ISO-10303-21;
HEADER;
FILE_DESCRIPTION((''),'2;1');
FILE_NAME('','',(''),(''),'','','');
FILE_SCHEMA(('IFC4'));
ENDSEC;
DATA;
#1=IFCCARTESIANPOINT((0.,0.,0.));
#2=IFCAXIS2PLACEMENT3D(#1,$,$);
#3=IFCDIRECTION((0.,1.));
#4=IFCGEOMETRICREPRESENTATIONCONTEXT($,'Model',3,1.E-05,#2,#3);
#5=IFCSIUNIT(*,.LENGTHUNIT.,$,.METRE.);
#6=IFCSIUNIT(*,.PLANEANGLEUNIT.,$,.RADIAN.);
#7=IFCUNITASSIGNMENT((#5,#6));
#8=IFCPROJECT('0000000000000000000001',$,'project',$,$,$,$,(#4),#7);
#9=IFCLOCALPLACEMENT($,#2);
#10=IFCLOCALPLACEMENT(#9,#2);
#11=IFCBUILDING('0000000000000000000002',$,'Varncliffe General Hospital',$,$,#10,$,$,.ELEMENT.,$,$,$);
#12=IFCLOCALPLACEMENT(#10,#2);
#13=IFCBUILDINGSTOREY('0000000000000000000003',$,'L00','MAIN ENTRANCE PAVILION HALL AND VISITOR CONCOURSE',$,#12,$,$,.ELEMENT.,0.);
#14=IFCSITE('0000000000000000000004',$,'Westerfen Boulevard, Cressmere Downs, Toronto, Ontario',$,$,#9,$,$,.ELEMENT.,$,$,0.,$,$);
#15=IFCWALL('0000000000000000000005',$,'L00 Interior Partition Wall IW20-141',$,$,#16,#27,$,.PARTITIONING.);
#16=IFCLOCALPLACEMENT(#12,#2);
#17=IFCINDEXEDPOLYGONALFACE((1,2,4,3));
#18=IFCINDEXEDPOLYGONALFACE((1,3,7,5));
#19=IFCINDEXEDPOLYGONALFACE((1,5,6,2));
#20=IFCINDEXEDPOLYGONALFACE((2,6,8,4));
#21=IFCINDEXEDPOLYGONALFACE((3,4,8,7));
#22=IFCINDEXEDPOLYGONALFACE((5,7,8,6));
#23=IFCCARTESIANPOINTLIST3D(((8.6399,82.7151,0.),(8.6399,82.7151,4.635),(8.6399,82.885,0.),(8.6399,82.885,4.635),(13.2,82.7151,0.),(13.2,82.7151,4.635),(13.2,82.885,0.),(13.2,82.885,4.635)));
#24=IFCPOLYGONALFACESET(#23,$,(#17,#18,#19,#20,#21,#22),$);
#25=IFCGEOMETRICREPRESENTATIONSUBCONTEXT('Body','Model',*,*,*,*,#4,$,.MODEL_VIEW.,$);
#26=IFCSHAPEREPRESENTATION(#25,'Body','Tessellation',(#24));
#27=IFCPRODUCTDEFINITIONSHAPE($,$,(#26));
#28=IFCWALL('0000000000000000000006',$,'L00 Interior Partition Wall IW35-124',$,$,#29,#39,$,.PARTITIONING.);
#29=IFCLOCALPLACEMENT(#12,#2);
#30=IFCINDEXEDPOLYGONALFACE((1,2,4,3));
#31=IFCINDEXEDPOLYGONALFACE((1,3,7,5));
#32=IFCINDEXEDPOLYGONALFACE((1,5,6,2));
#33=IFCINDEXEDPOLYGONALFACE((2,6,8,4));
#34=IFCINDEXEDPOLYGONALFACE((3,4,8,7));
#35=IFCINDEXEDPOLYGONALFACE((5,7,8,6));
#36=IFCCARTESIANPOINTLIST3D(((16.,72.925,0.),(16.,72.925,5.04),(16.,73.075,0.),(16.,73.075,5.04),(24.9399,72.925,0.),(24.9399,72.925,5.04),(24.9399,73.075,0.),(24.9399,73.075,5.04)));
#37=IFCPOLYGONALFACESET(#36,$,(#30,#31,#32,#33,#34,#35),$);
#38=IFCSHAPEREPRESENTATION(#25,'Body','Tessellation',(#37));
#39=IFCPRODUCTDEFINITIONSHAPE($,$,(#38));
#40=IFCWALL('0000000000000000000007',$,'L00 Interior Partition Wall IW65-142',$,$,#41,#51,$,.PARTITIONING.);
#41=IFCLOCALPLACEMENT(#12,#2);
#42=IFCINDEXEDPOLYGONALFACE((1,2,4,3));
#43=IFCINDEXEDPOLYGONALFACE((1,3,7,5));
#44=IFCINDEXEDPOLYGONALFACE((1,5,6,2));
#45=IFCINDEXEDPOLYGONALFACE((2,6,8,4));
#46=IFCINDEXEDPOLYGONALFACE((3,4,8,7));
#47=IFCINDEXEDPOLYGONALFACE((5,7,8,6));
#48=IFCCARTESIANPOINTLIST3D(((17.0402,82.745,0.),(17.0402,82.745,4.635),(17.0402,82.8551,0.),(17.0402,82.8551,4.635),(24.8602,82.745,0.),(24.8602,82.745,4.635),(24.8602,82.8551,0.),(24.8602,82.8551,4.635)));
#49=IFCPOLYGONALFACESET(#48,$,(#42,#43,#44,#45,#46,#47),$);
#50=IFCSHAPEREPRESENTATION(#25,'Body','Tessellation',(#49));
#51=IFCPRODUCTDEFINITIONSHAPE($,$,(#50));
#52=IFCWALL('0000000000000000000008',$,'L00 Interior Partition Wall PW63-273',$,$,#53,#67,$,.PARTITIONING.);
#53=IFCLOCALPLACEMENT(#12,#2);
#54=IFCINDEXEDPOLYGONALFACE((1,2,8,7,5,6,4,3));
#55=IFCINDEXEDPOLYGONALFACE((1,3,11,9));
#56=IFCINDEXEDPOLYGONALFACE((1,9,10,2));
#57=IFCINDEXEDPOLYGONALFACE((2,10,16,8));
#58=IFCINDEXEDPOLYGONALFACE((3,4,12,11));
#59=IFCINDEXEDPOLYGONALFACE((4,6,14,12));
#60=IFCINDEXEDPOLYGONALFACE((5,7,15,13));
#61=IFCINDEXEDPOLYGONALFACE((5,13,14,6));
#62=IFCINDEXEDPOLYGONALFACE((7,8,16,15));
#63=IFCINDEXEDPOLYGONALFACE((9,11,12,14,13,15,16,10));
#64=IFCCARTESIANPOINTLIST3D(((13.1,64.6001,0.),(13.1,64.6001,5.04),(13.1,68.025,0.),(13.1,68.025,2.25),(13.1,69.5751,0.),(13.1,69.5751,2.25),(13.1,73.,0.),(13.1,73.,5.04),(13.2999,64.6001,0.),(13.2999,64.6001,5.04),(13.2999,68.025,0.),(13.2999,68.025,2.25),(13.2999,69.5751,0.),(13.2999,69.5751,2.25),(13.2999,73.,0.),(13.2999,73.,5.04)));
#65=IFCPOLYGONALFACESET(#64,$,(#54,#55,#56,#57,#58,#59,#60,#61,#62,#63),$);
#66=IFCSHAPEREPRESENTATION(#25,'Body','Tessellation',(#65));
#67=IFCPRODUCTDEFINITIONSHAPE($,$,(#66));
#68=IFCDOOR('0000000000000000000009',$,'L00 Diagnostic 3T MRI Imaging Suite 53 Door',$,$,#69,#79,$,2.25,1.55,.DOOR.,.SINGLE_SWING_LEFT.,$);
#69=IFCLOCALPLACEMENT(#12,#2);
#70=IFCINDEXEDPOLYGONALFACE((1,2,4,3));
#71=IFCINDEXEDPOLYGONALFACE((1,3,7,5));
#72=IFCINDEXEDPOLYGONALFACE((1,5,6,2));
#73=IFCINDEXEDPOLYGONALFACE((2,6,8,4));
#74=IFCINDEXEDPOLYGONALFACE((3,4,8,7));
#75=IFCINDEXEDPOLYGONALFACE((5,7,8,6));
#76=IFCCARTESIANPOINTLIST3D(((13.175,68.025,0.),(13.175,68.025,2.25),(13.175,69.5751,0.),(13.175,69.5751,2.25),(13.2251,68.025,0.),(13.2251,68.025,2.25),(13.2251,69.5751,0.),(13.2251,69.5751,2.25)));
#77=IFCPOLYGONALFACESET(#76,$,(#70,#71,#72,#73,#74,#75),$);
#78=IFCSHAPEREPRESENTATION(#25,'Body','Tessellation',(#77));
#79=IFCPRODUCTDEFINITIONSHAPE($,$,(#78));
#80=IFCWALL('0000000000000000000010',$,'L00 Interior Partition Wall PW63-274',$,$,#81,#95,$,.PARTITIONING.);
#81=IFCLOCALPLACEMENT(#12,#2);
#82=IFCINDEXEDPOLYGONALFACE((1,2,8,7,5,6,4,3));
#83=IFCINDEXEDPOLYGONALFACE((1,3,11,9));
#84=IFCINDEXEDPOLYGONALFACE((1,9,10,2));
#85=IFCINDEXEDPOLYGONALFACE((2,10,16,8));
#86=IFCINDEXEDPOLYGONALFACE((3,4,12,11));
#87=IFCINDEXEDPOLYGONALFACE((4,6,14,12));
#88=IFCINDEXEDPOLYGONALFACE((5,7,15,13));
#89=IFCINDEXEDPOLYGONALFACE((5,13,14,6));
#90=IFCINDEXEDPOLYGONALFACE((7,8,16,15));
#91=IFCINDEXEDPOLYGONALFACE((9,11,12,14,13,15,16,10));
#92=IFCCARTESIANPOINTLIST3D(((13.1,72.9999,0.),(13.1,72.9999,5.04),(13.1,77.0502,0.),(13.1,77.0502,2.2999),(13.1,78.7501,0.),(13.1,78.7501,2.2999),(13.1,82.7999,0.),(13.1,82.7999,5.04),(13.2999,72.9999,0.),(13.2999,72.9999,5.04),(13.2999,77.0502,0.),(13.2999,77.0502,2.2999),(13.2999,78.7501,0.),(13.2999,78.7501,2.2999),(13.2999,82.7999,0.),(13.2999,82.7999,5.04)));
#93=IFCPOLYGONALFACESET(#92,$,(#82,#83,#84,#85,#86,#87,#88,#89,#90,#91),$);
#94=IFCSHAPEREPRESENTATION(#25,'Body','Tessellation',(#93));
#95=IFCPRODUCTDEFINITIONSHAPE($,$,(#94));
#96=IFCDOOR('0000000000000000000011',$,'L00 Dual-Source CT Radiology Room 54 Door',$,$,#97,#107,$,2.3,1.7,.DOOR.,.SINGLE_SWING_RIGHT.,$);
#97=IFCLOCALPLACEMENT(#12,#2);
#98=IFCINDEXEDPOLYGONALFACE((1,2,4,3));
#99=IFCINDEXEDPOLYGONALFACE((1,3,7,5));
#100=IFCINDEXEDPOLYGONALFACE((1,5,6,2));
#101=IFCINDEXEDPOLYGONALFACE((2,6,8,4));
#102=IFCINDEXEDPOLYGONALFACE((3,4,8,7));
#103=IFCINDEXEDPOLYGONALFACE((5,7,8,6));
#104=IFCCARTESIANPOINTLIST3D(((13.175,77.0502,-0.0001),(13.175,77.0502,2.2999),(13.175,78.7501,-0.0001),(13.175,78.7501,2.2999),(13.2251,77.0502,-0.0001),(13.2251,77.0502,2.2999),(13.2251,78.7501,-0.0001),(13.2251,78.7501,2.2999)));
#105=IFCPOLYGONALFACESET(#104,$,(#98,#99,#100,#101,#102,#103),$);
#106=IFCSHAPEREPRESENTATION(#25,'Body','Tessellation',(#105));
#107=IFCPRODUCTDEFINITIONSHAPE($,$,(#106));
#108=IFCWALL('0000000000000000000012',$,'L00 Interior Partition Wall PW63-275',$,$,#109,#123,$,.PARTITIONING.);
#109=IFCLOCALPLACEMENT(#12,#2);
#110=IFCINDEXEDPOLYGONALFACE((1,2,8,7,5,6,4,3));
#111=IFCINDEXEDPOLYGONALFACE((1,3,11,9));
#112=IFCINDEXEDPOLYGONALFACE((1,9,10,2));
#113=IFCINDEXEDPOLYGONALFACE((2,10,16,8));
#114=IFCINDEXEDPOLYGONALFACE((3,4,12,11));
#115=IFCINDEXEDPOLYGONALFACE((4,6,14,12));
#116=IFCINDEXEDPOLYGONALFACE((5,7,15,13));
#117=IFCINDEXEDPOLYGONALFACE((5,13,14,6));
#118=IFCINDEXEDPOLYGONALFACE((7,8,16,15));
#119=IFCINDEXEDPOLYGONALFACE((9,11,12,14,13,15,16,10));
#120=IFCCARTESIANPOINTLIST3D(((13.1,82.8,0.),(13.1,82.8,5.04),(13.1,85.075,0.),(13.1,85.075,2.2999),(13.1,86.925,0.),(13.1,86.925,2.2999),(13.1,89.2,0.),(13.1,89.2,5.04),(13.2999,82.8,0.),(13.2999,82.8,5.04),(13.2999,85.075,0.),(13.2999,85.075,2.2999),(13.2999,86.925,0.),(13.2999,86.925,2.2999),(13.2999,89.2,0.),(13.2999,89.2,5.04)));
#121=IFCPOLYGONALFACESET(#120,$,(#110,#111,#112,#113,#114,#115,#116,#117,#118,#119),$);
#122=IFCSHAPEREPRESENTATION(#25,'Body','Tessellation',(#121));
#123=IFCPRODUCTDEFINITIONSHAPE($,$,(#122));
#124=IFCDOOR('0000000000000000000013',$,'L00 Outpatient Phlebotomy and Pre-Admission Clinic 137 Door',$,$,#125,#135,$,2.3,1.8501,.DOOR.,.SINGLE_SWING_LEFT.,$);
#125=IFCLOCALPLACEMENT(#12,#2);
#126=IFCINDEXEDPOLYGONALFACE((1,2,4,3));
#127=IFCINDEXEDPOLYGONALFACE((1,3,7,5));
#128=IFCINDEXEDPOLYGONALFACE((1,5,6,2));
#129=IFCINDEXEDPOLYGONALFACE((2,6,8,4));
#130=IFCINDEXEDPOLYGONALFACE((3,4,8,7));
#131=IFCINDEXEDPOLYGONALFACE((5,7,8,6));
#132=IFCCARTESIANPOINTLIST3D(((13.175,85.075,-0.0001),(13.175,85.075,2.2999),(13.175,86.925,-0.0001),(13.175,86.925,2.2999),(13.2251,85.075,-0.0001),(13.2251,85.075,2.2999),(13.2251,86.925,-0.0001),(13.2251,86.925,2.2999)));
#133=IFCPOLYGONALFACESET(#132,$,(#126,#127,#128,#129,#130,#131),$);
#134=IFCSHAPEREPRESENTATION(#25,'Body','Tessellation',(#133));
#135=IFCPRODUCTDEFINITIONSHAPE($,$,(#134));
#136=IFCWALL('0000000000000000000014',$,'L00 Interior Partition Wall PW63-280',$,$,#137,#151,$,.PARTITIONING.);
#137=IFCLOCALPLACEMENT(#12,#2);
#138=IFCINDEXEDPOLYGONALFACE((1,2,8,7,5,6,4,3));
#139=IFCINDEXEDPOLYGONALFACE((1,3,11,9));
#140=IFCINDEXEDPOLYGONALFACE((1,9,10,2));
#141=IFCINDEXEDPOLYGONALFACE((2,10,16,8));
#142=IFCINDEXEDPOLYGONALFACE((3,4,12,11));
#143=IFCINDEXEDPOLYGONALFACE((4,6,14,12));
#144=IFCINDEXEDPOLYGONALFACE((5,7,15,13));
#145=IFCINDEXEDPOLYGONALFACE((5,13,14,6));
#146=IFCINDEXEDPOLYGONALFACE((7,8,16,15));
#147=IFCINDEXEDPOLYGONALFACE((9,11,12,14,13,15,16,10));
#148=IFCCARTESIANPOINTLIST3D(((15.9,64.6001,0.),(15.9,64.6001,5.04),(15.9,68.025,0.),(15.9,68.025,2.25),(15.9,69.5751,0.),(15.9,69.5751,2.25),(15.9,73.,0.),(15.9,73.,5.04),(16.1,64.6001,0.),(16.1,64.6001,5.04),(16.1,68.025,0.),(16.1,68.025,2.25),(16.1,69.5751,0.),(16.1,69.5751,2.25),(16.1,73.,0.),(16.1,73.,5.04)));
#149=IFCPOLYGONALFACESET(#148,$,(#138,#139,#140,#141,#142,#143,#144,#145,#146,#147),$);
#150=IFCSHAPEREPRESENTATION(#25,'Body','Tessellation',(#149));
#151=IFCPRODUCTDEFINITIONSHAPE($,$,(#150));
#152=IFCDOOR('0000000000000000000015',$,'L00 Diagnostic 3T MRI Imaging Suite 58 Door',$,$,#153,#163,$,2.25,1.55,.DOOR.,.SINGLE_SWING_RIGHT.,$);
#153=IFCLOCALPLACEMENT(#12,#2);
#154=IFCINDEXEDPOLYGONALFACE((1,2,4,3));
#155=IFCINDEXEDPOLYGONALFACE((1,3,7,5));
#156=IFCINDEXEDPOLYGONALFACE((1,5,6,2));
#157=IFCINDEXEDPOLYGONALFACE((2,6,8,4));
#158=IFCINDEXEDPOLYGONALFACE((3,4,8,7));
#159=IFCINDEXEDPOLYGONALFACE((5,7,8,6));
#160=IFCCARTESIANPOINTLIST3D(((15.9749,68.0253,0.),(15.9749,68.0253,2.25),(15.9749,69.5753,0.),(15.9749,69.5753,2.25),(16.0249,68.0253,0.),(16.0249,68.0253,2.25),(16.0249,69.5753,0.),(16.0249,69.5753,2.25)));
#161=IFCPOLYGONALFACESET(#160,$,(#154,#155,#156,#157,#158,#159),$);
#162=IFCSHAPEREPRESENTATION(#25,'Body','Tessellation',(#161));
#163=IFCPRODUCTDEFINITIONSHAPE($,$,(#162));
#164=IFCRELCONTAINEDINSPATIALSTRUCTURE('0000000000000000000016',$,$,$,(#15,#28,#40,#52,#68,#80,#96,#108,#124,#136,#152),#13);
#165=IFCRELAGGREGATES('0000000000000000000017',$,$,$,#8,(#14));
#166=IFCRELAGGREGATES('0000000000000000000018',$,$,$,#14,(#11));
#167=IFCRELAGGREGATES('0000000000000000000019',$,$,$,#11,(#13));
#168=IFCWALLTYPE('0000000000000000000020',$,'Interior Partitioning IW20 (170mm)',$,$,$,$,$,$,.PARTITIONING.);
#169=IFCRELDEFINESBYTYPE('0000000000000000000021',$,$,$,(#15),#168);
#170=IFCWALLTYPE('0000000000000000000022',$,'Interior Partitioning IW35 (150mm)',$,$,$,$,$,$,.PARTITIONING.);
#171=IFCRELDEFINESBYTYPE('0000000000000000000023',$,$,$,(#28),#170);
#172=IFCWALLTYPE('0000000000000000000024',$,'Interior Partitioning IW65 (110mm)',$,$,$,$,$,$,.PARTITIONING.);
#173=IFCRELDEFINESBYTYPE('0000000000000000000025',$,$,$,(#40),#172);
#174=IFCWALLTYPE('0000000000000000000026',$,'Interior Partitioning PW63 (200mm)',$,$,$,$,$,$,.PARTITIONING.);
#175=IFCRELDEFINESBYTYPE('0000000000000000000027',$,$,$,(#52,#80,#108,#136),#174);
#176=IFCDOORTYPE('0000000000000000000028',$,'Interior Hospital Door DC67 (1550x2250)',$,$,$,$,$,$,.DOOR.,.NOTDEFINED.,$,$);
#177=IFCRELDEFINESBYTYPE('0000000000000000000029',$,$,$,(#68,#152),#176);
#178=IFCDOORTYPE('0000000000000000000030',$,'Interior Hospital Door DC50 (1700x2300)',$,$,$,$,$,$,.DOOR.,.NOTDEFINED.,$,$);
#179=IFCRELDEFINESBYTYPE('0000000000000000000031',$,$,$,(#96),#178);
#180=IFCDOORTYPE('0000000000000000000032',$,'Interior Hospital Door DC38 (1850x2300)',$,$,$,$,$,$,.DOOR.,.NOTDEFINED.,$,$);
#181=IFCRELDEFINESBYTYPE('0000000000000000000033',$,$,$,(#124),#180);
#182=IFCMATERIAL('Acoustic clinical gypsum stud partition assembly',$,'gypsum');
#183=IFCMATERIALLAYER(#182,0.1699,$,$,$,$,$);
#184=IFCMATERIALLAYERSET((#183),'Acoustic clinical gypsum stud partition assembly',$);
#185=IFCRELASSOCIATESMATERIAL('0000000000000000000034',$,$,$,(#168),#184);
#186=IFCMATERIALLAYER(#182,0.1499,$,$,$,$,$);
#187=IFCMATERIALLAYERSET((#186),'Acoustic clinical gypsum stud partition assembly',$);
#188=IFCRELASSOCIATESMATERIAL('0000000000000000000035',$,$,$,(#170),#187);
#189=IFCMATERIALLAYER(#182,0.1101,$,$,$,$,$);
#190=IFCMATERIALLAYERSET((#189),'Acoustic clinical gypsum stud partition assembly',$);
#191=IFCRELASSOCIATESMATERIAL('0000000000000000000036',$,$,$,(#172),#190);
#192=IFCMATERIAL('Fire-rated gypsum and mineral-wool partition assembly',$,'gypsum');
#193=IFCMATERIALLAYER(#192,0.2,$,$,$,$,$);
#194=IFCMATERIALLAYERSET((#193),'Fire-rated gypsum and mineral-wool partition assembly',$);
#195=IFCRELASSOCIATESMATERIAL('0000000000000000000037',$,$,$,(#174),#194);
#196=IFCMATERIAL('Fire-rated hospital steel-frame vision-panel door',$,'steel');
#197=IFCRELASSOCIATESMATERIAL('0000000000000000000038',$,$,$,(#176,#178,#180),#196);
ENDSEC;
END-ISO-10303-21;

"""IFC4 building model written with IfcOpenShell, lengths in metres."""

from ifc_helpers import new_model, si_unit, direction, frame, frame_2d, origin, place, context, subcontext, project, spatial, rectangle, extrude, material, layer, layer_set, type_object, element, fill, save


model = new_model("IFC4")

# Units and contexts
model_context = context("Model", 3, precision=1e-05, world=origin(), true_north=direction((0.0, 1.0)))
body_context = subcontext(model_context, "Body", "Model", "MODEL_VIEW")
ifc_project = project(units=[si_unit("LENGTHUNIT", "METRE"), si_unit("PLANEANGLEUNIT", "RADIAN")], contexts=[model_context])

# Site, building, storey
site_placement = place(None, origin())
site = spatial("IfcSite", under=ifc_project, at=site_placement, Name="Westerfen Boulevard, Cressmere Downs, Toronto, Ontario", CompositionType="ELEMENT", RefElevation=0.0)
building_placement = place(site_placement, origin())
building = spatial("IfcBuilding", under=site, at=building_placement, Name="Varncliffe General Hospital", CompositionType="ELEMENT")
storey_placement = place(building_placement, origin())
storey = spatial("IfcBuildingStorey", under=building, at=storey_placement, Name="L00", Description="MAIN ENTRANCE PAVILION HALL AND VISITOR CONCOURSE", CompositionType="ELEMENT", Elevation=0.0)

# Walls
ifc_material_1 = material(Name="Acoustic clinical gypsum stud partition assembly", Category="gypsum")
ifc_layer_1 = layer(ifc_material_1, 0.1699)
ifc_layer_set_1 = layer_set([ifc_layer_1], Name="Acoustic clinical gypsum stud partition assembly")
wall_type_1 = type_object("IfcWallType", Name="Interior Partitioning IW20 (170mm)", PredefinedType="PARTITIONING", material=ifc_layer_set_1)
wall_1_placement = place(storey_placement, frame((8.6399, 82.8, 0.0), z_axis=(0.0, 0.0, 1.0), x_axis=(1.0, 0.0, 0.0)))
element("IfcWall", 1, at=wall_1_placement, inside=storey, type_object=wall_type_1, Name="L00 Interior Partition Wall IW20-141", PredefinedType="PARTITIONING", context=body_context, shape_type="SweptSolid", body=[
    extrude(rectangle(XDim=4.5601, YDim=0.1699, at=frame_2d((2.28, 0.0))), origin(), (0.0, 0.0, 1.0), 4.635),
])
ifc_layer_2 = layer(ifc_material_1, 0.1499)
ifc_layer_set_2 = layer_set([ifc_layer_2], Name="Acoustic clinical gypsum stud partition assembly")
wall_type_2 = type_object("IfcWallType", Name="Interior Partitioning IW35 (150mm)", PredefinedType="PARTITIONING", material=ifc_layer_set_2)
wall_2_placement = place(storey_placement, frame((16.0, 73.0, 0.0), z_axis=(0.0, 0.0, 1.0), x_axis=(1.0, 0.0, 0.0)))
element("IfcWall", 2, at=wall_2_placement, inside=storey, type_object=wall_type_2, Name="L00 Interior Partition Wall IW35-124", PredefinedType="PARTITIONING", context=body_context, shape_type="SweptSolid", body=[
    extrude(rectangle(XDim=8.9399, YDim=0.1499, at=frame_2d((4.47, 0.0))), origin(), (0.0, 0.0, 1.0), 5.04),
])
ifc_layer_3 = layer(ifc_material_1, 0.1101)
ifc_layer_set_3 = layer_set([ifc_layer_3], Name="Acoustic clinical gypsum stud partition assembly")
wall_type_3 = type_object("IfcWallType", Name="Interior Partitioning IW65 (110mm)", PredefinedType="PARTITIONING", material=ifc_layer_set_3)
wall_3_placement = place(storey_placement, frame((17.04, 82.8, 0.0), z_axis=(0.0, 0.0, 1.0), x_axis=(1.0, 0.0, 0.0)))
element("IfcWall", 3, at=wall_3_placement, inside=storey, type_object=wall_type_3, Name="L00 Interior Partition Wall IW65-142", PredefinedType="PARTITIONING", context=body_context, shape_type="SweptSolid", body=[
    extrude(rectangle(XDim=7.8201, YDim=0.1101, at=frame_2d((3.9102, 0.0))), origin(), (0.0, 0.0, 1.0), 4.635),
])

# Walls, openings, doors
ifc_material_2 = material(Name="Fire-rated gypsum and mineral-wool partition assembly", Category="gypsum")
ifc_layer_4 = layer(ifc_material_2, 0.2)
ifc_layer_set_4 = layer_set([ifc_layer_4], Name="Fire-rated gypsum and mineral-wool partition assembly")
wall_type_4 = type_object("IfcWallType", Name="Interior Partitioning PW63 (200mm)", PredefinedType="PARTITIONING", material=ifc_layer_set_4)
wall_4_placement = place(storey_placement, frame((13.2, 64.6001, 0.0), z_axis=(0.0, 0.0, 1.0), x_axis=(0.0, 1.0, 0.0)))
wall_4 = element("IfcWall", 4, at=wall_4_placement, inside=storey, type_object=wall_type_4, Name="L00 Interior Partition Wall PW63-273", PredefinedType="PARTITIONING", context=body_context, shape_type="SweptSolid", body=[
    extrude(rectangle(XDim=8.3999, YDim=0.2, at=frame_2d((4.2, 0.0))), origin(), (0.0, 0.0, 1.0), 5.04),
])
opening_1_placement = place(wall_4_placement, frame((3.425, 0.0, 0.0)))
opening_1 = element("IfcOpeningElement", 5, at=opening_1_placement, cuts=wall_4, PredefinedType="OPENING", context=body_context, shape_type="SweptSolid", body=[
    extrude(rectangle(XDim=1.55, YDim=2.25, at=frame_2d((0.7749, 1.125))), frame((0.0, 0.1099, 0.0), z_axis=(0.0, -1.0, 0.0), x_axis=(1.0, 0.0, 0.0)), (0.0, 0.0, 1.0), 0.22),
])
ifc_material_3 = material(Name="Fire-rated hospital steel-frame vision-panel door", Category="steel")
door_type_1 = type_object("IfcDoorType", Name="Interior Hospital Door DC67 (1550x2250)", OperationType="NOTDEFINED", PredefinedType="DOOR", material=ifc_material_3)
door_1_placement = place(opening_1_placement, origin())
door_1 = element("IfcDoor", 6, at=door_1_placement, inside=storey, type_object=door_type_1, Name="L00 Diagnostic 3T MRI Imaging Suite 53 Door", OperationType="SINGLE_SWING_LEFT", OverallHeight=2.25, OverallWidth=1.55, PredefinedType="DOOR", context=body_context, shape_type="SweptSolid", body=[
    extrude(rectangle(XDim=1.55, YDim=2.25, at=frame_2d((0.7749, 1.125))), frame((0.0, 0.0249, 0.0), z_axis=(0.0, -1.0, 0.0), x_axis=(1.0, 0.0, 0.0)), (0.0, 0.0, 1.0), 0.05),
])
fill(opening_1, door_1)
wall_5_placement = place(storey_placement, frame((13.2, 73.0, 0.0), z_axis=(0.0, 0.0, 1.0), x_axis=(0.0, 1.0, 0.0)))
wall_5 = element("IfcWall", 7, at=wall_5_placement, inside=storey, type_object=wall_type_4, Name="L00 Interior Partition Wall PW63-274", PredefinedType="PARTITIONING", context=body_context, shape_type="SweptSolid", body=[
    extrude(rectangle(XDim=9.8, YDim=0.2, at=frame_2d((4.8999, 0.0))), origin(), (0.0, 0.0, 1.0), 5.04),
])
opening_2_placement = place(wall_5_placement, frame((4.05, 0.0, 0.0)))
opening_2 = element("IfcOpeningElement", 8, at=opening_2_placement, cuts=wall_5, PredefinedType="OPENING", context=body_context, shape_type="SweptSolid", body=[
    extrude(rectangle(XDim=1.7, YDim=2.3, at=frame_2d((0.8501, 1.1499))), frame((0.0, 0.1099, 0.0), z_axis=(0.0, -1.0, 0.0), x_axis=(1.0, 0.0, 0.0)), (0.0, 0.0, 1.0), 0.22),
])
door_type_2 = type_object("IfcDoorType", Name="Interior Hospital Door DC50 (1700x2300)", OperationType="NOTDEFINED", PredefinedType="DOOR", material=ifc_material_3)
door_2_placement = place(opening_2_placement, origin())
door_2 = element("IfcDoor", 9, at=door_2_placement, inside=storey, type_object=door_type_2, Name="L00 Dual-Source CT Radiology Room 54 Door", OperationType="SINGLE_SWING_RIGHT", OverallHeight=2.3, OverallWidth=1.7, PredefinedType="DOOR", context=body_context, shape_type="SweptSolid", body=[
    extrude(rectangle(XDim=1.7, YDim=2.3, at=frame_2d((0.8501, 1.1499))), frame((0.0, 0.0249, 0.0), z_axis=(0.0, -1.0, 0.0), x_axis=(1.0, 0.0, 0.0)), (0.0, 0.0, 1.0), 0.05),
])
fill(opening_2, door_2)
wall_6_placement = place(storey_placement, frame((13.2, 82.8, 0.0), z_axis=(0.0, 0.0, 1.0), x_axis=(0.0, 1.0, 0.0)))
wall_6 = element("IfcWall", 10, at=wall_6_placement, inside=storey, type_object=wall_type_4, Name="L00 Interior Partition Wall PW63-275", PredefinedType="PARTITIONING", context=body_context, shape_type="SweptSolid", body=[
    extrude(rectangle(XDim=6.3999, YDim=0.2, at=frame_2d((3.2, 0.0))), origin(), (0.0, 0.0, 1.0), 5.04),
])
opening_3_placement = place(wall_6_placement, frame((2.2749, 0.0, 0.0)))
opening_3 = element("IfcOpeningElement", 11, at=opening_3_placement, cuts=wall_6, PredefinedType="OPENING", context=body_context, shape_type="SweptSolid", body=[
    extrude(rectangle(XDim=1.8501, YDim=2.3, at=frame_2d((0.925, 1.1499))), frame((0.0, 0.1099, 0.0), z_axis=(0.0, -1.0, 0.0), x_axis=(1.0, 0.0, 0.0)), (0.0, 0.0, 1.0), 0.22),
])
door_type_3 = type_object("IfcDoorType", Name="Interior Hospital Door DC38 (1850x2300)", OperationType="NOTDEFINED", PredefinedType="DOOR", material=ifc_material_3)
door_3_placement = place(opening_3_placement, origin())
door_3 = element("IfcDoor", 12, at=door_3_placement, inside=storey, type_object=door_type_3, Name="L00 Outpatient Phlebotomy and Pre-Admission Clinic 137 Door", OperationType="SINGLE_SWING_LEFT", OverallHeight=2.3, OverallWidth=1.8501, PredefinedType="DOOR", context=body_context, shape_type="SweptSolid", body=[
    extrude(rectangle(XDim=1.8501, YDim=2.3, at=frame_2d((0.925, 1.1499))), frame((0.0, 0.0249, 0.0), z_axis=(0.0, -1.0, 0.0), x_axis=(1.0, 0.0, 0.0)), (0.0, 0.0, 1.0), 0.05),
])
fill(opening_3, door_3)
wall_7_placement = place(storey_placement, frame((16.0, 64.6001, 0.0), z_axis=(0.0, 0.0, 1.0), x_axis=(0.0, 1.0, 0.0)))
wall_7 = element("IfcWall", 13, at=wall_7_placement, inside=storey, type_object=wall_type_4, Name="L00 Interior Partition Wall PW63-280", PredefinedType="PARTITIONING", context=body_context, shape_type="SweptSolid", body=[
    extrude(rectangle(XDim=8.3999, YDim=0.2, at=frame_2d((4.2, 0.0))), origin(), (0.0, 0.0, 1.0), 5.04),
])
opening_4_placement = place(wall_7_placement, frame((3.425, 0.0, 0.0)))
opening_4 = element("IfcOpeningElement", 14, at=opening_4_placement, cuts=wall_7, PredefinedType="OPENING", context=body_context, shape_type="SweptSolid", body=[
    extrude(rectangle(XDim=1.55, YDim=2.25, at=frame_2d((0.7749, 1.125))), frame((0.0, 0.1099, 0.0), z_axis=(0.0, -1.0, 0.0), x_axis=(1.0, 0.0, 0.0)), (0.0, 0.0, 1.0), 0.22),
])
door_4_placement = place(opening_4_placement, frame((1.55, 0.0, 0.0), z_axis=(0.0, 0.0, 1.0), x_axis=(-1.0, 0.0, 0.0)))
door_4 = element("IfcDoor", 15, at=door_4_placement, inside=storey, type_object=door_type_1, Name="L00 Diagnostic 3T MRI Imaging Suite 58 Door", OperationType="SINGLE_SWING_RIGHT", OverallHeight=2.25, OverallWidth=1.55, PredefinedType="DOOR", context=body_context, shape_type="SweptSolid", body=[
    extrude(rectangle(XDim=1.55, YDim=2.25, at=frame_2d((0.7749, 1.125))), frame((0.0, 0.0249, 0.0), z_axis=(0.0, -1.0, 0.0), x_axis=(1.0, 0.0, 0.0)), (0.0, 0.0, 1.0), 0.05),
])
fill(opening_4, door_4)

save(model, "model.ifc")
